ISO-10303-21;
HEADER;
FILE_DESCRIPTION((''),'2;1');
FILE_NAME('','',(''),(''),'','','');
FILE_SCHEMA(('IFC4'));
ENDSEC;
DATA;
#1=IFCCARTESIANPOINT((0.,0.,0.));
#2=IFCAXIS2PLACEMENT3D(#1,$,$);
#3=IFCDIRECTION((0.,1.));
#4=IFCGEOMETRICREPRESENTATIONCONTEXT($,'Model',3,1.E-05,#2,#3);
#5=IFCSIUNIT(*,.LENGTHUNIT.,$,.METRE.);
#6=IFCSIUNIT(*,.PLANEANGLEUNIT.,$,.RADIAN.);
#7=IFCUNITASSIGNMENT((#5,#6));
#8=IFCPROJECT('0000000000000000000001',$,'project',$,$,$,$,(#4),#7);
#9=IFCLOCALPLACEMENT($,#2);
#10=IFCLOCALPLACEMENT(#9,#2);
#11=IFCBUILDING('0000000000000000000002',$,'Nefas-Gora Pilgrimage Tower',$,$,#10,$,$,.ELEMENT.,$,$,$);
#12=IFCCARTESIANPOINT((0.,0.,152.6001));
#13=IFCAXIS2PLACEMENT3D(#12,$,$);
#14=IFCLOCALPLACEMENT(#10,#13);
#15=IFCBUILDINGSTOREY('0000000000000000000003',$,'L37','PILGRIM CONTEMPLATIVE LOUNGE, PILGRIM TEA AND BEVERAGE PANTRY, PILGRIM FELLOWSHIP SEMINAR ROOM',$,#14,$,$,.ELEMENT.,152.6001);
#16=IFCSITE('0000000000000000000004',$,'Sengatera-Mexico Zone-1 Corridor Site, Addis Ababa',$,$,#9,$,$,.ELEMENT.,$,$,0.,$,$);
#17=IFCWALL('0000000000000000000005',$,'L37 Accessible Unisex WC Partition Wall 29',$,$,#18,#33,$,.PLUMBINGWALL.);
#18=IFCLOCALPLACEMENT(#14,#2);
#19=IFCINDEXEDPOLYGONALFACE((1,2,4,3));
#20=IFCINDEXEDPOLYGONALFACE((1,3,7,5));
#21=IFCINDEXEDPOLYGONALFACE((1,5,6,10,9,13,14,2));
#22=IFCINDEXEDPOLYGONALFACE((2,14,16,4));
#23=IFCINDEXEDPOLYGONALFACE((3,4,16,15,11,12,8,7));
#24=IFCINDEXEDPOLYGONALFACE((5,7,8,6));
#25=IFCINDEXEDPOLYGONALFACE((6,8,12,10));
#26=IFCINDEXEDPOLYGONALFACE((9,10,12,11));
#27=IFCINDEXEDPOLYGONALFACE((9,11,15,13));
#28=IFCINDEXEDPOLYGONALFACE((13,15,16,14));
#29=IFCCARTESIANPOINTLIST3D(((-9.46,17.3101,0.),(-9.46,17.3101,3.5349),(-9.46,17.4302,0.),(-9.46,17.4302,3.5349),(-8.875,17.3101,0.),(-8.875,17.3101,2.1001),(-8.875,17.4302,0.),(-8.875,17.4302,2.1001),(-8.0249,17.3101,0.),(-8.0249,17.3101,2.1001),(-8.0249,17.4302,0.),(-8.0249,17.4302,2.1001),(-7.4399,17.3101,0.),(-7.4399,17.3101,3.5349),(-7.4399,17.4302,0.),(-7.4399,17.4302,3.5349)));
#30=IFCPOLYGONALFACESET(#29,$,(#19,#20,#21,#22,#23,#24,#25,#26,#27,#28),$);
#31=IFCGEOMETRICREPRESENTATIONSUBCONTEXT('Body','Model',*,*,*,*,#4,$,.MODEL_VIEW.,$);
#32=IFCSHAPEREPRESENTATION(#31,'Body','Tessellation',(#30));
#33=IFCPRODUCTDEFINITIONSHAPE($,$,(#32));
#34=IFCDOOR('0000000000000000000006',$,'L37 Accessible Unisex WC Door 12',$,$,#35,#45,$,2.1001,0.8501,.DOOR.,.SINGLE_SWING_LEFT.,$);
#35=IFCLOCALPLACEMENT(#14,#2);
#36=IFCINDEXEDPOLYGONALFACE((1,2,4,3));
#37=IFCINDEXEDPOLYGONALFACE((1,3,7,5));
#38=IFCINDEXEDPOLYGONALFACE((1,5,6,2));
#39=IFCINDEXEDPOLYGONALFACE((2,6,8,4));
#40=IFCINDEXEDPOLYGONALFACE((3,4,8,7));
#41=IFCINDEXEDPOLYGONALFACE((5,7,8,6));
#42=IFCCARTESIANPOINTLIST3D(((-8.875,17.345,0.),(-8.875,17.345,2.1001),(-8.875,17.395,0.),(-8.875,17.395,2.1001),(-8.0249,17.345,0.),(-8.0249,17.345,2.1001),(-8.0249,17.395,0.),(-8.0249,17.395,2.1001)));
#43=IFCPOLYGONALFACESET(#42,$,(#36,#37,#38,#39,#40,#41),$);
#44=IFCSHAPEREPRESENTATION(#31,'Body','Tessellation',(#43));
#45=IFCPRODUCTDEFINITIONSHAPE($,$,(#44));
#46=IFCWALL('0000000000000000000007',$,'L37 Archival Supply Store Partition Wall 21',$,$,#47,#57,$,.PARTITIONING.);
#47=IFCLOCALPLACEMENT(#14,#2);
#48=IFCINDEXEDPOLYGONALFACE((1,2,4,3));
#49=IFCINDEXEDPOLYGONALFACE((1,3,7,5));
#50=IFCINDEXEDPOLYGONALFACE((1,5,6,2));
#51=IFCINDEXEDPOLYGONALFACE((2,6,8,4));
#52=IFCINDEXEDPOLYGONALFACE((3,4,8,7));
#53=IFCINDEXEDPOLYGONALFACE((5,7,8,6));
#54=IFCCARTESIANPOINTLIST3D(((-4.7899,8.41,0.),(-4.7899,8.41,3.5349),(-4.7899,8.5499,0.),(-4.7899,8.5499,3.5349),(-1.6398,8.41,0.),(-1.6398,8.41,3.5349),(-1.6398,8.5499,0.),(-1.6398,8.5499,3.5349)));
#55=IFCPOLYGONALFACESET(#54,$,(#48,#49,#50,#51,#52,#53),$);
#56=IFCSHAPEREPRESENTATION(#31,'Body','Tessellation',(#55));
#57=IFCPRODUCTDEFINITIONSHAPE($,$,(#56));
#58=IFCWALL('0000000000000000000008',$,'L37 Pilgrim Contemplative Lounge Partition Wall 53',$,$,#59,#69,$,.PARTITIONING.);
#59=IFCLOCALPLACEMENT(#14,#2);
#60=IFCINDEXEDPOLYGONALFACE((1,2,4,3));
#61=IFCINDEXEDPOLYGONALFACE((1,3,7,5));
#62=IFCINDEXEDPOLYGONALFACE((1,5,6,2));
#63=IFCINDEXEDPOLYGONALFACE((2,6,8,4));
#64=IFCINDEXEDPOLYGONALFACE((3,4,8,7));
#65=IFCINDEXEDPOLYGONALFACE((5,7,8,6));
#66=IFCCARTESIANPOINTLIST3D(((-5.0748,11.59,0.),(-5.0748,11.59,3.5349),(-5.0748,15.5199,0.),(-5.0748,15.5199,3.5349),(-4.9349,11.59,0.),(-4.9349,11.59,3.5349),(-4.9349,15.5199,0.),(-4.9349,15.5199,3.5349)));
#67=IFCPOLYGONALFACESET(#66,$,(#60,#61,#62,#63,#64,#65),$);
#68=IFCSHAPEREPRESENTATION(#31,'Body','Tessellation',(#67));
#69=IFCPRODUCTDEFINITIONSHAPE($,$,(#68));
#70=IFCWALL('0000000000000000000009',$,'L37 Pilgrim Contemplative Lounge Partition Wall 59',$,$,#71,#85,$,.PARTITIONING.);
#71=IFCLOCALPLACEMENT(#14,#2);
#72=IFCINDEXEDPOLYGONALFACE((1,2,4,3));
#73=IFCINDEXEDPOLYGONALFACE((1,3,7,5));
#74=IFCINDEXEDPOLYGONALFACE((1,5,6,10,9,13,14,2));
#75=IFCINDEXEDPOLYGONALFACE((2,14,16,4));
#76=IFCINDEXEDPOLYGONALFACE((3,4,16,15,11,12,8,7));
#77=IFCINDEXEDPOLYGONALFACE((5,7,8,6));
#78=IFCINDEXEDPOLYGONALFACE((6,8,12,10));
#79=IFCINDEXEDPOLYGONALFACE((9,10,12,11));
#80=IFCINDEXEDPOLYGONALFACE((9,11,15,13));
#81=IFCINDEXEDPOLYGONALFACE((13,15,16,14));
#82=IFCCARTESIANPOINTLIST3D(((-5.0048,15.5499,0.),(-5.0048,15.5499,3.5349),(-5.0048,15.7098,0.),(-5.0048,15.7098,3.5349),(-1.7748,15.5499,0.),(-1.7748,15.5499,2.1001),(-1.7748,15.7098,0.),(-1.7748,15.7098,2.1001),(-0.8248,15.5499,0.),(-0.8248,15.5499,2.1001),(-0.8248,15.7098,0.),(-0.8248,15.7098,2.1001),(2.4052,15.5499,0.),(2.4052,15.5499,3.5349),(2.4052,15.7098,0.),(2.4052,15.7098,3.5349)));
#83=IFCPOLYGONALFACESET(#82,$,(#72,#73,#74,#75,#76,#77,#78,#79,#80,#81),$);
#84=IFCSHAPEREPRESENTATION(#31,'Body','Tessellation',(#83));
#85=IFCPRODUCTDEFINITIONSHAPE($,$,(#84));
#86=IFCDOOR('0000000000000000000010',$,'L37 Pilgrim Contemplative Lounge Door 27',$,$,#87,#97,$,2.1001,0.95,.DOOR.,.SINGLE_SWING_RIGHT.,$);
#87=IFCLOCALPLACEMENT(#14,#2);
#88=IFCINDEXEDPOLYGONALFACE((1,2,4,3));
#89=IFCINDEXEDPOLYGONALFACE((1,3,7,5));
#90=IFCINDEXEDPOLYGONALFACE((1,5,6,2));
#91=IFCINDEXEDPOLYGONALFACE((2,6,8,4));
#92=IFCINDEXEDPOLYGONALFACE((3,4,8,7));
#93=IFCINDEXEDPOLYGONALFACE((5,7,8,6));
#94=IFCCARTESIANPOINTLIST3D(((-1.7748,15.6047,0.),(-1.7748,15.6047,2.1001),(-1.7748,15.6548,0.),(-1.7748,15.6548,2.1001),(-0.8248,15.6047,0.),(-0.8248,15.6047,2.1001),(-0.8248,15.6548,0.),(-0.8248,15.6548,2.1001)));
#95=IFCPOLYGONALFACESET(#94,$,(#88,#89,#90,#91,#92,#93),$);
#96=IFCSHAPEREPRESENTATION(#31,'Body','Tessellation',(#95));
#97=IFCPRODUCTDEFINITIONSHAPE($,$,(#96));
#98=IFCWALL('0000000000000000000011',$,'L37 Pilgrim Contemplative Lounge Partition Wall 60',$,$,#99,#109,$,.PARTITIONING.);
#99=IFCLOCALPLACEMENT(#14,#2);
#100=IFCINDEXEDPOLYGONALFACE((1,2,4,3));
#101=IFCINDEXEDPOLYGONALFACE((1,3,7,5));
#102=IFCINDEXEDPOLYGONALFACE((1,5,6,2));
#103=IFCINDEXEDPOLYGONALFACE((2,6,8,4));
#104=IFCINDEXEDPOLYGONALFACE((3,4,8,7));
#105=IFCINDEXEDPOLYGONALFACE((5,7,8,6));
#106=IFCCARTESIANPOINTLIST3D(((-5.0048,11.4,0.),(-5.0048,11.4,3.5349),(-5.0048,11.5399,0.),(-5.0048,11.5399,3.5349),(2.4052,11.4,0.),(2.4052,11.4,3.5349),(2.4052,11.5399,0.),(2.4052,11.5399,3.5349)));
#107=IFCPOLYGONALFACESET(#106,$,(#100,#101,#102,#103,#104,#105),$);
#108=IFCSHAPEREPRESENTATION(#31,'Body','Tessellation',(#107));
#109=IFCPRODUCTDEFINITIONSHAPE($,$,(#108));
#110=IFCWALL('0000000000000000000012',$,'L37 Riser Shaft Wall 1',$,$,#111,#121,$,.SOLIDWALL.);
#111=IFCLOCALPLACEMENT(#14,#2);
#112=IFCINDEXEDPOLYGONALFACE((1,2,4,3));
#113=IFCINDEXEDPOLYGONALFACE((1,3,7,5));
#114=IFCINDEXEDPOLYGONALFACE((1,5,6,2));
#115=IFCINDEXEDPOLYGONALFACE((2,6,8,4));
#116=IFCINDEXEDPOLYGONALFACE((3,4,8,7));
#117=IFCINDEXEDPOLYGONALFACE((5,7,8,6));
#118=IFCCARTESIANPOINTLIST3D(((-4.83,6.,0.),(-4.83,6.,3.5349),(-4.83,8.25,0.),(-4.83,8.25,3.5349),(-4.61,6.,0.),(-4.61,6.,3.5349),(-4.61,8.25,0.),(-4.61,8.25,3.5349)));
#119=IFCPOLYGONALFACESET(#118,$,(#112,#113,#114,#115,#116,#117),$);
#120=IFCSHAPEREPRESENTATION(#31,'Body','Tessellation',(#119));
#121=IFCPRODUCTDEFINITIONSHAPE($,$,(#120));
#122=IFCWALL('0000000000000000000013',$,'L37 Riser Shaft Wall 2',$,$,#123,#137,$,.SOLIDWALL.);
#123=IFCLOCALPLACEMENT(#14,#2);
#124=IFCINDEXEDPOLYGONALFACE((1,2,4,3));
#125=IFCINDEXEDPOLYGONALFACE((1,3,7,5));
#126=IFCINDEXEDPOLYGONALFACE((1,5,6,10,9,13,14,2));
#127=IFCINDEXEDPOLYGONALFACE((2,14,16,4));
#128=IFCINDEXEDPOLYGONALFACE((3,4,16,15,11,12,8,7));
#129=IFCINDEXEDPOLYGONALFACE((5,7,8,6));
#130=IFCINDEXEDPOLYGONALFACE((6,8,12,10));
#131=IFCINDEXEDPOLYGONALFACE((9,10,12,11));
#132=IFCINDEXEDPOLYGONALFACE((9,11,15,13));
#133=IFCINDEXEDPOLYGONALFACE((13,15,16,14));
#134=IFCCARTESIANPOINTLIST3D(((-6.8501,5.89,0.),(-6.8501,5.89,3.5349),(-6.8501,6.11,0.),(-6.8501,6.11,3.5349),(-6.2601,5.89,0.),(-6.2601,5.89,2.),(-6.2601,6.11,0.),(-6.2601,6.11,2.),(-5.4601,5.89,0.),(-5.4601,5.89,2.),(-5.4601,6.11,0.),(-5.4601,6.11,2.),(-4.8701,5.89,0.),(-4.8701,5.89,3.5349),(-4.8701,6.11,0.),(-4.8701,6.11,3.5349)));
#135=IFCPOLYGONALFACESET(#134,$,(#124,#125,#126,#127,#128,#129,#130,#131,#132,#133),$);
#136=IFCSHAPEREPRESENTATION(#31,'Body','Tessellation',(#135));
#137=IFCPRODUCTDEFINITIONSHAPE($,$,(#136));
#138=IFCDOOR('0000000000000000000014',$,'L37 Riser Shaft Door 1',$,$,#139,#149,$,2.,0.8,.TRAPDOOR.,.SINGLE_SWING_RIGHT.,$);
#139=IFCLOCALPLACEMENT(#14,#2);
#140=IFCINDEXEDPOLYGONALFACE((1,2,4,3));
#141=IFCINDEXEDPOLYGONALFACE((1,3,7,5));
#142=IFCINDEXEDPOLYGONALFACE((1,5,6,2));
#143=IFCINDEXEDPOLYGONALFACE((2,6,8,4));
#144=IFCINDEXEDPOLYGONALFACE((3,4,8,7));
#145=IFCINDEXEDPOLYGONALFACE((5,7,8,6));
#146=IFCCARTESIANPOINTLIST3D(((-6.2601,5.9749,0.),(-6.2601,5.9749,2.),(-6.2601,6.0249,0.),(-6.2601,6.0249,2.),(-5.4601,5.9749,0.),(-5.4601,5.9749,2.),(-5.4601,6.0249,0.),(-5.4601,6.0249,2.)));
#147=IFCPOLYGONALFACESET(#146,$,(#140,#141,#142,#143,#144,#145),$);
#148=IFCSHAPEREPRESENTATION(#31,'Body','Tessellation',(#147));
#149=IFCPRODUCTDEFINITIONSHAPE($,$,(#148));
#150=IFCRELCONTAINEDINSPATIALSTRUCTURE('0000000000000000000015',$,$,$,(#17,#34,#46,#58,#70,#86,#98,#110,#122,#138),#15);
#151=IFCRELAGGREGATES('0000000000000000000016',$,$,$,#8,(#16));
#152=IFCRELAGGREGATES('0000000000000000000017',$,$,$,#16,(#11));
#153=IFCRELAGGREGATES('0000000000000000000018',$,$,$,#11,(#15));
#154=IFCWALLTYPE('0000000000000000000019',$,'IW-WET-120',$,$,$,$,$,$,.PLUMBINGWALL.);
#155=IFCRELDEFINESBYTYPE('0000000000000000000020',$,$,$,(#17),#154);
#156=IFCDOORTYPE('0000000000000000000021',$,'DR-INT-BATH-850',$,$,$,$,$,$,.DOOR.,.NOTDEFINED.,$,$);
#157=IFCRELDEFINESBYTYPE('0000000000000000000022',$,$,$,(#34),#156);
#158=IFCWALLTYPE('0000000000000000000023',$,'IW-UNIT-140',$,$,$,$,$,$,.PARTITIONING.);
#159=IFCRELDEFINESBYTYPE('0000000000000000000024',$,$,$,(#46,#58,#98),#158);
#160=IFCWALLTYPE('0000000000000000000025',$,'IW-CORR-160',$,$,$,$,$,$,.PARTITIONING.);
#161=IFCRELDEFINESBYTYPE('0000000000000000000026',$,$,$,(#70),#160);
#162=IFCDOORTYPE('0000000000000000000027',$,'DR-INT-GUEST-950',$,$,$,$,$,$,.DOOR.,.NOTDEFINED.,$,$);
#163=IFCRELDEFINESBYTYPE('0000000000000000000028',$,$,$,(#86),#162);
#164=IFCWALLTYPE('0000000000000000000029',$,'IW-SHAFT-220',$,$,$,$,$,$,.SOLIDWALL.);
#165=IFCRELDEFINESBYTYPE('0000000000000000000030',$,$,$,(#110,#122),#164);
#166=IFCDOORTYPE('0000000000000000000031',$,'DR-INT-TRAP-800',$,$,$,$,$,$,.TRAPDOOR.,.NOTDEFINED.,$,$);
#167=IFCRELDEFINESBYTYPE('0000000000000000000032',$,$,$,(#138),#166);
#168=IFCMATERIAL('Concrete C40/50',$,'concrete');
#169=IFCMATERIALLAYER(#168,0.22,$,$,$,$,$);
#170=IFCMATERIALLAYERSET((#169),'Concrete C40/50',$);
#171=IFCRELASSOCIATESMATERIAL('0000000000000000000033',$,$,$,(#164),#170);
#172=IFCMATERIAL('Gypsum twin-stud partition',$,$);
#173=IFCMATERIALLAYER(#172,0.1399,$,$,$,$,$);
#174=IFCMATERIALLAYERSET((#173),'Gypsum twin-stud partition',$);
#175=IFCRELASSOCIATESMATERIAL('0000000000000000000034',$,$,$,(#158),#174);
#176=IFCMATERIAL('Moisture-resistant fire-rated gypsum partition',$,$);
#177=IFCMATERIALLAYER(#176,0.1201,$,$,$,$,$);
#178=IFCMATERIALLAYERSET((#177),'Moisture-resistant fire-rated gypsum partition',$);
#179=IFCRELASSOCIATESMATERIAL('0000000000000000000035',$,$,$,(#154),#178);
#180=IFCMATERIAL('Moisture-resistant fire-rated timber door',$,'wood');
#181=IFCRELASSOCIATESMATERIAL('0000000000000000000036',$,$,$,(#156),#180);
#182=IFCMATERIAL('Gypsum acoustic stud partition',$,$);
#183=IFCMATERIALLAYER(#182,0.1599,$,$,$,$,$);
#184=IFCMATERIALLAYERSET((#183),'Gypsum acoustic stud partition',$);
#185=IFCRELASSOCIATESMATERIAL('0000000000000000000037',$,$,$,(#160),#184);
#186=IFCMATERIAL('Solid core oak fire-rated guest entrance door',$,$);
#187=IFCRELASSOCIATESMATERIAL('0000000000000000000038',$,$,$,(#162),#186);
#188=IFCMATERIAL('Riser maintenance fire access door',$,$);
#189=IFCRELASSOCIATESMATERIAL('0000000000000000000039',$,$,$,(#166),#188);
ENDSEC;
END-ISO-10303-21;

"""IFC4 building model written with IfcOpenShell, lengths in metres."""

from ifc_helpers import new_model, si_unit, direction, frame, frame_2d, origin, place, context, subcontext, project, spatial, rectangle, extrude, source, transform, mapped, material, layer, layer_set, type_object, element, fill, save


model = new_model("IFC4")

# Units and contexts
model_context = context("Model", 3, precision=1e-05, world=origin(), true_north=direction((0.0, 1.0)))
body_context = subcontext(model_context, "Body", "Model", "MODEL_VIEW")
ifc_project = project(units=[si_unit("LENGTHUNIT", "METRE"), si_unit("PLANEANGLEUNIT", "RADIAN")], contexts=[model_context])

# Site, building, storey
site_placement = place(None, origin())
site = spatial("IfcSite", under=ifc_project, at=site_placement, Name="Sengatera-Mexico Zone-1 Corridor Site, Addis Ababa", CompositionType="ELEMENT", RefElevation=0.0)
building_placement = place(site_placement, origin())
building = spatial("IfcBuilding", under=site, at=building_placement, Name="Nefas-Gora Pilgrimage Tower", CompositionType="ELEMENT")
storey_placement = place(building_placement, frame((0.0, 0.0, 152.6001)))
storey = spatial("IfcBuildingStorey", under=building, at=storey_placement, Name="L37", Description="PILGRIM CONTEMPLATIVE LOUNGE, PILGRIM TEA AND BEVERAGE PANTRY, PILGRIM FELLOWSHIP SEMINAR ROOM", CompositionType="ELEMENT", Elevation=152.6001)

# Shared definitions
ifc_material_1 = material(Name="Concrete C40/50", Category="concrete")
ifc_layer_1 = layer(ifc_material_1, 0.22)
ifc_layer_set_1 = layer_set([ifc_layer_1], Name="Concrete C40/50")
wall_type_1 = type_object("IfcWallType", Name="IW-SHAFT-220", PredefinedType="SOLIDWALL", material=ifc_layer_set_1)

# Shared definitions
ifc_material_2 = material(Name="Gypsum twin-stud partition")
ifc_layer_2 = layer(ifc_material_2, 0.1399)
ifc_layer_set_2 = layer_set([ifc_layer_2], Name="Gypsum twin-stud partition")
wall_type_2 = type_object("IfcWallType", Name="IW-UNIT-140", PredefinedType="PARTITIONING", material=ifc_layer_set_2)

# Wall, opening, door
ifc_material_3 = material(Name="Moisture-resistant fire-rated gypsum partition")
ifc_layer_3 = layer(ifc_material_3, 0.1201)
ifc_layer_set_3 = layer_set([ifc_layer_3], Name="Moisture-resistant fire-rated gypsum partition")
wall_type_3 = type_object("IfcWallType", Name="IW-WET-120", PredefinedType="PLUMBINGWALL", material=ifc_layer_set_3)
shared_shape_1 = source(origin(), body_context, "Body", "SweptSolid", [
    extrude(rectangle(XDim=2.02, YDim=0.1201, at=frame_2d((1.01, 0.0))), origin(), (0.0, 0.0, 1.0), 3.5349),
])
wall_1_placement = place(storey_placement, frame((-9.46, 17.3701, 0.0), z_axis=(0.0, 0.0, 1.0), x_axis=(1.0, 0.0, 0.0)))
wall_1 = element("IfcWall", 1, at=wall_1_placement, inside=storey, type_object=wall_type_3, Name="L37 Accessible Unisex WC Partition Wall 29", PredefinedType="PLUMBINGWALL", context=body_context, shape_type="MappedRepresentation", body=[
    mapped(shared_shape_1, transform((0.0, 0.0, 0.0), x_axis=(1.0, 0.0, 0.0), y_axis=(0.0, 1.0, 0.0), z_axis=(0.0, 0.0, 1.0), scale=1.0)),
])
opening_1_placement = place(wall_1_placement, frame((0.585, 0.0, 0.0)))
opening_1 = element("IfcOpeningElement", 2, at=opening_1_placement, cuts=wall_1, PredefinedType="OPENING", context=body_context, shape_type="SweptSolid", body=[
    extrude(rectangle(XDim=0.8501, YDim=2.1001, at=frame_2d((0.425, 1.05))), frame((0.0, 0.0701, 0.0), z_axis=(0.0, -1.0, 0.0), x_axis=(1.0, 0.0, 0.0)), (0.0, 0.0, 1.0), 0.1401),
])
ifc_material_4 = material(Name="Moisture-resistant fire-rated timber door", Category="wood")
door_type_1 = type_object("IfcDoorType", Name="DR-INT-BATH-850", OperationType="NOTDEFINED", PredefinedType="DOOR", material=ifc_material_4)
shared_shape_2 = source(origin(), body_context, "Body", "SweptSolid", [
    extrude(rectangle(XDim=0.8501, YDim=2.1001, at=frame_2d((0.425, 1.05))), frame((0.0, 0.0249, 0.0), z_axis=(0.0, -1.0, 0.0), x_axis=(1.0, 0.0, 0.0)), (0.0, 0.0, 1.0), 0.05),
])
door_1_placement = place(opening_1_placement, origin())
door_1 = element("IfcDoor", 3, at=door_1_placement, inside=storey, type_object=door_type_1, Name="L37 Accessible Unisex WC Door 12", OperationType="SINGLE_SWING_LEFT", OverallHeight=2.1001, OverallWidth=0.8501, PredefinedType="DOOR", context=body_context, shape_type="MappedRepresentation", body=[
    mapped(shared_shape_2, transform((0.0, 0.0, 0.0), x_axis=(1.0, 0.0, 0.0), y_axis=(0.0, 1.0, 0.0), z_axis=(0.0, 0.0, 1.0), scale=1.0)),
])
fill(opening_1, door_1)

# Walls
shared_shape_3 = source(origin(), body_context, "Body", "SweptSolid", [
    extrude(rectangle(XDim=3.1501, YDim=0.1399, at=frame_2d((1.5752, 0.0))), origin(), (0.0, 0.0, 1.0), 3.5349),
])
wall_2_placement = place(storey_placement, frame((-4.79, 8.48, 0.0), z_axis=(0.0, 0.0, 1.0), x_axis=(1.0, 0.0, 0.0)))
element("IfcWall", 4, at=wall_2_placement, inside=storey, type_object=wall_type_2, Name="L37 Archival Supply Store Partition Wall 21", PredefinedType="PARTITIONING", context=body_context, shape_type="MappedRepresentation", body=[
    mapped(shared_shape_3, transform((0.0, 0.0, 0.0), x_axis=(1.0, 0.0, 0.0), y_axis=(0.0, 1.0, 0.0), z_axis=(0.0, 0.0, 1.0), scale=1.0)),
])
shared_shape_4 = source(origin(), body_context, "Body", "SweptSolid", [
    extrude(rectangle(XDim=3.9299, YDim=0.1399, at=frame_2d((1.9648, 0.0))), origin(), (0.0, 0.0, 1.0), 3.5349),
])
wall_3_placement = place(storey_placement, frame((-5.0049, 11.5901, 0.0), z_axis=(0.0, 0.0, 1.0), x_axis=(0.0, 1.0, 0.0)))
element("IfcWall", 5, at=wall_3_placement, inside=storey, type_object=wall_type_2, Name="L37 Pilgrim Contemplative Lounge Partition Wall 53", PredefinedType="PARTITIONING", context=body_context, shape_type="MappedRepresentation", body=[
    mapped(shared_shape_4, transform((0.0, 0.0, 0.0), x_axis=(1.0, 0.0, 0.0), y_axis=(0.0, 1.0, 0.0), z_axis=(0.0, 0.0, 1.0), scale=1.0)),
])

# Wall, opening, door
ifc_material_5 = material(Name="Gypsum acoustic stud partition")
ifc_layer_4 = layer(ifc_material_5, 0.1599)
ifc_layer_set_4 = layer_set([ifc_layer_4], Name="Gypsum acoustic stud partition")
wall_type_4 = type_object("IfcWallType", Name="IW-CORR-160", PredefinedType="PARTITIONING", material=ifc_layer_set_4)
shared_shape_5 = source(origin(), body_context, "Body", "SweptSolid", [
    extrude(rectangle(XDim=7.4099, YDim=0.1599, at=frame_2d((3.7051, 0.0))), origin(), (0.0, 0.0, 1.0), 3.5349),
])
wall_4_placement = place(storey_placement, frame((-5.0049, 15.6299, 0.0), z_axis=(0.0, 0.0, 1.0), x_axis=(1.0, 0.0, 0.0)))
wall_4 = element("IfcWall", 6, at=wall_4_placement, inside=storey, type_object=wall_type_4, Name="L37 Pilgrim Contemplative Lounge Partition Wall 59", PredefinedType="PARTITIONING", context=body_context, shape_type="MappedRepresentation", body=[
    mapped(shared_shape_5, transform((0.0, 0.0, 0.0), x_axis=(1.0, 0.0, 0.0), y_axis=(0.0, 1.0, 0.0), z_axis=(0.0, 0.0, 1.0), scale=1.0)),
])
opening_2_placement = place(wall_4_placement, frame((3.23, 0.0, 0.0)))
opening_2 = element("IfcOpeningElement", 7, at=opening_2_placement, cuts=wall_4, PredefinedType="OPENING", context=body_context, shape_type="SweptSolid", body=[
    extrude(rectangle(XDim=0.95, YDim=2.1001, at=frame_2d((0.4751, 1.05))), frame((0.0, 0.0898, 0.0), z_axis=(0.0, -1.0, 0.0), x_axis=(1.0, 0.0, 0.0)), (0.0, 0.0, 1.0), 0.1799),
])
ifc_material_6 = material(Name="Solid core oak fire-rated guest entrance door")
door_type_2 = type_object("IfcDoorType", Name="DR-INT-GUEST-950", OperationType="NOTDEFINED", PredefinedType="DOOR", material=ifc_material_6)
shared_shape_6 = source(origin(), body_context, "Body", "SweptSolid", [
    extrude(rectangle(XDim=0.95, YDim=2.1001, at=frame_2d((0.4751, 1.05))), frame((0.0, 0.0249, 0.0), z_axis=(0.0, -1.0, 0.0), x_axis=(1.0, 0.0, 0.0)), (0.0, 0.0, 1.0), 0.05),
])
door_2_placement = place(opening_2_placement, origin())
door_2 = element("IfcDoor", 8, at=door_2_placement, inside=storey, type_object=door_type_2, Name="L37 Pilgrim Contemplative Lounge Door 27", OperationType="SINGLE_SWING_RIGHT", OverallHeight=2.1001, OverallWidth=0.95, PredefinedType="DOOR", context=body_context, shape_type="MappedRepresentation", body=[
    mapped(shared_shape_6, transform((0.0, 0.0, 0.0), x_axis=(1.0, 0.0, 0.0), y_axis=(0.0, 1.0, 0.0), z_axis=(0.0, 0.0, 1.0), scale=1.0)),
])
fill(opening_2, door_2)

# Walls
shared_shape_7 = source(origin(), body_context, "Body", "SweptSolid", [
    extrude(rectangle(XDim=7.4099, YDim=0.1399, at=frame_2d((3.7051, 0.0))), origin(), (0.0, 0.0, 1.0), 3.5349),
])
wall_5_placement = place(storey_placement, frame((-5.0049, 11.47, 0.0), z_axis=(0.0, 0.0, 1.0), x_axis=(1.0, 0.0, 0.0)))
element("IfcWall", 9, at=wall_5_placement, inside=storey, type_object=wall_type_2, Name="L37 Pilgrim Contemplative Lounge Partition Wall 60", PredefinedType="PARTITIONING", context=body_context, shape_type="MappedRepresentation", body=[
    mapped(shared_shape_7, transform((0.0, 0.0, 0.0), x_axis=(1.0, 0.0, 0.0), y_axis=(0.0, 1.0, 0.0), z_axis=(0.0, 0.0, 1.0), scale=1.0)),
])
shared_shape_8 = source(origin(), body_context, "Body", "SweptSolid", [
    extrude(rectangle(XDim=2.25, YDim=0.22, at=frame_2d((1.125, 0.0))), origin(), (0.0, 0.0, 1.0), 3.5349),
])
wall_6_placement = place(storey_placement, frame((-4.72, 6.0, 0.0), z_axis=(0.0, 0.0, 1.0), x_axis=(0.0, 1.0, 0.0)))
element("IfcWall", 10, at=wall_6_placement, inside=storey, type_object=wall_type_1, Name="L37 Riser Shaft Wall 1", PredefinedType="SOLIDWALL", context=body_context, shape_type="MappedRepresentation", body=[
    mapped(shared_shape_8, transform((0.0, 0.0, 0.0), x_axis=(1.0, 0.0, 0.0), y_axis=(0.0, 1.0, 0.0), z_axis=(0.0, 0.0, 1.0), scale=1.0)),
])

# Wall, opening, door
shared_shape_9 = source(origin(), body_context, "Body", "SweptSolid", [
    extrude(rectangle(XDim=1.98, YDim=0.22, at=frame_2d((0.99, 0.0))), origin(), (0.0, 0.0, 1.0), 3.5349),
])
wall_7_placement = place(storey_placement, frame((-6.8501, 6.0, 0.0), z_axis=(0.0, 0.0, 1.0), x_axis=(1.0, 0.0, 0.0)))
wall_7 = element("IfcWall", 11, at=wall_7_placement, inside=storey, type_object=wall_type_1, Name="L37 Riser Shaft Wall 2", PredefinedType="SOLIDWALL", context=body_context, shape_type="MappedRepresentation", body=[
    mapped(shared_shape_9, transform((0.0, 0.0, 0.0), x_axis=(1.0, 0.0, 0.0), y_axis=(0.0, 1.0, 0.0), z_axis=(0.0, 0.0, 1.0), scale=1.0)),
])
opening_3_placement = place(wall_7_placement, frame((0.5901, 0.0, 0.0)))
opening_3 = element("IfcOpeningElement", 12, at=opening_3_placement, cuts=wall_7, PredefinedType="OPENING", context=body_context, shape_type="SweptSolid", body=[
    extrude(rectangle(XDim=0.8, YDim=2.0, at=frame_2d((0.3999, 1.0))), frame((0.0, 0.1199, 0.0), z_axis=(0.0, -1.0, 0.0), x_axis=(1.0, 0.0, 0.0)), (0.0, 0.0, 1.0), 0.24),
])
ifc_material_7 = material(Name="Riser maintenance fire access door")
door_type_3 = type_object("IfcDoorType", Name="DR-INT-TRAP-800", OperationType="NOTDEFINED", PredefinedType="TRAPDOOR", material=ifc_material_7)
shared_shape_10 = source(origin(), body_context, "Body", "SweptSolid", [
    extrude(rectangle(XDim=0.8, YDim=2.0, at=frame_2d((0.3999, 1.0))), frame((0.0, 0.0249, 0.0), z_axis=(0.0, -1.0, 0.0), x_axis=(1.0, 0.0, 0.0)), (0.0, 0.0, 1.0), 0.05),
])
door_3_placement = place(opening_3_placement, origin())
door_3 = element("IfcDoor", 13, at=door_3_placement, inside=storey, type_object=door_type_3, Name="L37 Riser Shaft Door 1", OperationType="SINGLE_SWING_RIGHT", OverallHeight=2.0, OverallWidth=0.8, PredefinedType="TRAPDOOR", context=body_context, shape_type="MappedRepresentation", body=[
    mapped(shared_shape_10, transform((0.0, 0.0, 0.0), x_axis=(1.0, 0.0, 0.0), y_axis=(0.0, 1.0, 0.0), z_axis=(0.0, 0.0, 1.0), scale=1.0)),
])
fill(opening_3, door_3)

save(model, "model.ifc")
